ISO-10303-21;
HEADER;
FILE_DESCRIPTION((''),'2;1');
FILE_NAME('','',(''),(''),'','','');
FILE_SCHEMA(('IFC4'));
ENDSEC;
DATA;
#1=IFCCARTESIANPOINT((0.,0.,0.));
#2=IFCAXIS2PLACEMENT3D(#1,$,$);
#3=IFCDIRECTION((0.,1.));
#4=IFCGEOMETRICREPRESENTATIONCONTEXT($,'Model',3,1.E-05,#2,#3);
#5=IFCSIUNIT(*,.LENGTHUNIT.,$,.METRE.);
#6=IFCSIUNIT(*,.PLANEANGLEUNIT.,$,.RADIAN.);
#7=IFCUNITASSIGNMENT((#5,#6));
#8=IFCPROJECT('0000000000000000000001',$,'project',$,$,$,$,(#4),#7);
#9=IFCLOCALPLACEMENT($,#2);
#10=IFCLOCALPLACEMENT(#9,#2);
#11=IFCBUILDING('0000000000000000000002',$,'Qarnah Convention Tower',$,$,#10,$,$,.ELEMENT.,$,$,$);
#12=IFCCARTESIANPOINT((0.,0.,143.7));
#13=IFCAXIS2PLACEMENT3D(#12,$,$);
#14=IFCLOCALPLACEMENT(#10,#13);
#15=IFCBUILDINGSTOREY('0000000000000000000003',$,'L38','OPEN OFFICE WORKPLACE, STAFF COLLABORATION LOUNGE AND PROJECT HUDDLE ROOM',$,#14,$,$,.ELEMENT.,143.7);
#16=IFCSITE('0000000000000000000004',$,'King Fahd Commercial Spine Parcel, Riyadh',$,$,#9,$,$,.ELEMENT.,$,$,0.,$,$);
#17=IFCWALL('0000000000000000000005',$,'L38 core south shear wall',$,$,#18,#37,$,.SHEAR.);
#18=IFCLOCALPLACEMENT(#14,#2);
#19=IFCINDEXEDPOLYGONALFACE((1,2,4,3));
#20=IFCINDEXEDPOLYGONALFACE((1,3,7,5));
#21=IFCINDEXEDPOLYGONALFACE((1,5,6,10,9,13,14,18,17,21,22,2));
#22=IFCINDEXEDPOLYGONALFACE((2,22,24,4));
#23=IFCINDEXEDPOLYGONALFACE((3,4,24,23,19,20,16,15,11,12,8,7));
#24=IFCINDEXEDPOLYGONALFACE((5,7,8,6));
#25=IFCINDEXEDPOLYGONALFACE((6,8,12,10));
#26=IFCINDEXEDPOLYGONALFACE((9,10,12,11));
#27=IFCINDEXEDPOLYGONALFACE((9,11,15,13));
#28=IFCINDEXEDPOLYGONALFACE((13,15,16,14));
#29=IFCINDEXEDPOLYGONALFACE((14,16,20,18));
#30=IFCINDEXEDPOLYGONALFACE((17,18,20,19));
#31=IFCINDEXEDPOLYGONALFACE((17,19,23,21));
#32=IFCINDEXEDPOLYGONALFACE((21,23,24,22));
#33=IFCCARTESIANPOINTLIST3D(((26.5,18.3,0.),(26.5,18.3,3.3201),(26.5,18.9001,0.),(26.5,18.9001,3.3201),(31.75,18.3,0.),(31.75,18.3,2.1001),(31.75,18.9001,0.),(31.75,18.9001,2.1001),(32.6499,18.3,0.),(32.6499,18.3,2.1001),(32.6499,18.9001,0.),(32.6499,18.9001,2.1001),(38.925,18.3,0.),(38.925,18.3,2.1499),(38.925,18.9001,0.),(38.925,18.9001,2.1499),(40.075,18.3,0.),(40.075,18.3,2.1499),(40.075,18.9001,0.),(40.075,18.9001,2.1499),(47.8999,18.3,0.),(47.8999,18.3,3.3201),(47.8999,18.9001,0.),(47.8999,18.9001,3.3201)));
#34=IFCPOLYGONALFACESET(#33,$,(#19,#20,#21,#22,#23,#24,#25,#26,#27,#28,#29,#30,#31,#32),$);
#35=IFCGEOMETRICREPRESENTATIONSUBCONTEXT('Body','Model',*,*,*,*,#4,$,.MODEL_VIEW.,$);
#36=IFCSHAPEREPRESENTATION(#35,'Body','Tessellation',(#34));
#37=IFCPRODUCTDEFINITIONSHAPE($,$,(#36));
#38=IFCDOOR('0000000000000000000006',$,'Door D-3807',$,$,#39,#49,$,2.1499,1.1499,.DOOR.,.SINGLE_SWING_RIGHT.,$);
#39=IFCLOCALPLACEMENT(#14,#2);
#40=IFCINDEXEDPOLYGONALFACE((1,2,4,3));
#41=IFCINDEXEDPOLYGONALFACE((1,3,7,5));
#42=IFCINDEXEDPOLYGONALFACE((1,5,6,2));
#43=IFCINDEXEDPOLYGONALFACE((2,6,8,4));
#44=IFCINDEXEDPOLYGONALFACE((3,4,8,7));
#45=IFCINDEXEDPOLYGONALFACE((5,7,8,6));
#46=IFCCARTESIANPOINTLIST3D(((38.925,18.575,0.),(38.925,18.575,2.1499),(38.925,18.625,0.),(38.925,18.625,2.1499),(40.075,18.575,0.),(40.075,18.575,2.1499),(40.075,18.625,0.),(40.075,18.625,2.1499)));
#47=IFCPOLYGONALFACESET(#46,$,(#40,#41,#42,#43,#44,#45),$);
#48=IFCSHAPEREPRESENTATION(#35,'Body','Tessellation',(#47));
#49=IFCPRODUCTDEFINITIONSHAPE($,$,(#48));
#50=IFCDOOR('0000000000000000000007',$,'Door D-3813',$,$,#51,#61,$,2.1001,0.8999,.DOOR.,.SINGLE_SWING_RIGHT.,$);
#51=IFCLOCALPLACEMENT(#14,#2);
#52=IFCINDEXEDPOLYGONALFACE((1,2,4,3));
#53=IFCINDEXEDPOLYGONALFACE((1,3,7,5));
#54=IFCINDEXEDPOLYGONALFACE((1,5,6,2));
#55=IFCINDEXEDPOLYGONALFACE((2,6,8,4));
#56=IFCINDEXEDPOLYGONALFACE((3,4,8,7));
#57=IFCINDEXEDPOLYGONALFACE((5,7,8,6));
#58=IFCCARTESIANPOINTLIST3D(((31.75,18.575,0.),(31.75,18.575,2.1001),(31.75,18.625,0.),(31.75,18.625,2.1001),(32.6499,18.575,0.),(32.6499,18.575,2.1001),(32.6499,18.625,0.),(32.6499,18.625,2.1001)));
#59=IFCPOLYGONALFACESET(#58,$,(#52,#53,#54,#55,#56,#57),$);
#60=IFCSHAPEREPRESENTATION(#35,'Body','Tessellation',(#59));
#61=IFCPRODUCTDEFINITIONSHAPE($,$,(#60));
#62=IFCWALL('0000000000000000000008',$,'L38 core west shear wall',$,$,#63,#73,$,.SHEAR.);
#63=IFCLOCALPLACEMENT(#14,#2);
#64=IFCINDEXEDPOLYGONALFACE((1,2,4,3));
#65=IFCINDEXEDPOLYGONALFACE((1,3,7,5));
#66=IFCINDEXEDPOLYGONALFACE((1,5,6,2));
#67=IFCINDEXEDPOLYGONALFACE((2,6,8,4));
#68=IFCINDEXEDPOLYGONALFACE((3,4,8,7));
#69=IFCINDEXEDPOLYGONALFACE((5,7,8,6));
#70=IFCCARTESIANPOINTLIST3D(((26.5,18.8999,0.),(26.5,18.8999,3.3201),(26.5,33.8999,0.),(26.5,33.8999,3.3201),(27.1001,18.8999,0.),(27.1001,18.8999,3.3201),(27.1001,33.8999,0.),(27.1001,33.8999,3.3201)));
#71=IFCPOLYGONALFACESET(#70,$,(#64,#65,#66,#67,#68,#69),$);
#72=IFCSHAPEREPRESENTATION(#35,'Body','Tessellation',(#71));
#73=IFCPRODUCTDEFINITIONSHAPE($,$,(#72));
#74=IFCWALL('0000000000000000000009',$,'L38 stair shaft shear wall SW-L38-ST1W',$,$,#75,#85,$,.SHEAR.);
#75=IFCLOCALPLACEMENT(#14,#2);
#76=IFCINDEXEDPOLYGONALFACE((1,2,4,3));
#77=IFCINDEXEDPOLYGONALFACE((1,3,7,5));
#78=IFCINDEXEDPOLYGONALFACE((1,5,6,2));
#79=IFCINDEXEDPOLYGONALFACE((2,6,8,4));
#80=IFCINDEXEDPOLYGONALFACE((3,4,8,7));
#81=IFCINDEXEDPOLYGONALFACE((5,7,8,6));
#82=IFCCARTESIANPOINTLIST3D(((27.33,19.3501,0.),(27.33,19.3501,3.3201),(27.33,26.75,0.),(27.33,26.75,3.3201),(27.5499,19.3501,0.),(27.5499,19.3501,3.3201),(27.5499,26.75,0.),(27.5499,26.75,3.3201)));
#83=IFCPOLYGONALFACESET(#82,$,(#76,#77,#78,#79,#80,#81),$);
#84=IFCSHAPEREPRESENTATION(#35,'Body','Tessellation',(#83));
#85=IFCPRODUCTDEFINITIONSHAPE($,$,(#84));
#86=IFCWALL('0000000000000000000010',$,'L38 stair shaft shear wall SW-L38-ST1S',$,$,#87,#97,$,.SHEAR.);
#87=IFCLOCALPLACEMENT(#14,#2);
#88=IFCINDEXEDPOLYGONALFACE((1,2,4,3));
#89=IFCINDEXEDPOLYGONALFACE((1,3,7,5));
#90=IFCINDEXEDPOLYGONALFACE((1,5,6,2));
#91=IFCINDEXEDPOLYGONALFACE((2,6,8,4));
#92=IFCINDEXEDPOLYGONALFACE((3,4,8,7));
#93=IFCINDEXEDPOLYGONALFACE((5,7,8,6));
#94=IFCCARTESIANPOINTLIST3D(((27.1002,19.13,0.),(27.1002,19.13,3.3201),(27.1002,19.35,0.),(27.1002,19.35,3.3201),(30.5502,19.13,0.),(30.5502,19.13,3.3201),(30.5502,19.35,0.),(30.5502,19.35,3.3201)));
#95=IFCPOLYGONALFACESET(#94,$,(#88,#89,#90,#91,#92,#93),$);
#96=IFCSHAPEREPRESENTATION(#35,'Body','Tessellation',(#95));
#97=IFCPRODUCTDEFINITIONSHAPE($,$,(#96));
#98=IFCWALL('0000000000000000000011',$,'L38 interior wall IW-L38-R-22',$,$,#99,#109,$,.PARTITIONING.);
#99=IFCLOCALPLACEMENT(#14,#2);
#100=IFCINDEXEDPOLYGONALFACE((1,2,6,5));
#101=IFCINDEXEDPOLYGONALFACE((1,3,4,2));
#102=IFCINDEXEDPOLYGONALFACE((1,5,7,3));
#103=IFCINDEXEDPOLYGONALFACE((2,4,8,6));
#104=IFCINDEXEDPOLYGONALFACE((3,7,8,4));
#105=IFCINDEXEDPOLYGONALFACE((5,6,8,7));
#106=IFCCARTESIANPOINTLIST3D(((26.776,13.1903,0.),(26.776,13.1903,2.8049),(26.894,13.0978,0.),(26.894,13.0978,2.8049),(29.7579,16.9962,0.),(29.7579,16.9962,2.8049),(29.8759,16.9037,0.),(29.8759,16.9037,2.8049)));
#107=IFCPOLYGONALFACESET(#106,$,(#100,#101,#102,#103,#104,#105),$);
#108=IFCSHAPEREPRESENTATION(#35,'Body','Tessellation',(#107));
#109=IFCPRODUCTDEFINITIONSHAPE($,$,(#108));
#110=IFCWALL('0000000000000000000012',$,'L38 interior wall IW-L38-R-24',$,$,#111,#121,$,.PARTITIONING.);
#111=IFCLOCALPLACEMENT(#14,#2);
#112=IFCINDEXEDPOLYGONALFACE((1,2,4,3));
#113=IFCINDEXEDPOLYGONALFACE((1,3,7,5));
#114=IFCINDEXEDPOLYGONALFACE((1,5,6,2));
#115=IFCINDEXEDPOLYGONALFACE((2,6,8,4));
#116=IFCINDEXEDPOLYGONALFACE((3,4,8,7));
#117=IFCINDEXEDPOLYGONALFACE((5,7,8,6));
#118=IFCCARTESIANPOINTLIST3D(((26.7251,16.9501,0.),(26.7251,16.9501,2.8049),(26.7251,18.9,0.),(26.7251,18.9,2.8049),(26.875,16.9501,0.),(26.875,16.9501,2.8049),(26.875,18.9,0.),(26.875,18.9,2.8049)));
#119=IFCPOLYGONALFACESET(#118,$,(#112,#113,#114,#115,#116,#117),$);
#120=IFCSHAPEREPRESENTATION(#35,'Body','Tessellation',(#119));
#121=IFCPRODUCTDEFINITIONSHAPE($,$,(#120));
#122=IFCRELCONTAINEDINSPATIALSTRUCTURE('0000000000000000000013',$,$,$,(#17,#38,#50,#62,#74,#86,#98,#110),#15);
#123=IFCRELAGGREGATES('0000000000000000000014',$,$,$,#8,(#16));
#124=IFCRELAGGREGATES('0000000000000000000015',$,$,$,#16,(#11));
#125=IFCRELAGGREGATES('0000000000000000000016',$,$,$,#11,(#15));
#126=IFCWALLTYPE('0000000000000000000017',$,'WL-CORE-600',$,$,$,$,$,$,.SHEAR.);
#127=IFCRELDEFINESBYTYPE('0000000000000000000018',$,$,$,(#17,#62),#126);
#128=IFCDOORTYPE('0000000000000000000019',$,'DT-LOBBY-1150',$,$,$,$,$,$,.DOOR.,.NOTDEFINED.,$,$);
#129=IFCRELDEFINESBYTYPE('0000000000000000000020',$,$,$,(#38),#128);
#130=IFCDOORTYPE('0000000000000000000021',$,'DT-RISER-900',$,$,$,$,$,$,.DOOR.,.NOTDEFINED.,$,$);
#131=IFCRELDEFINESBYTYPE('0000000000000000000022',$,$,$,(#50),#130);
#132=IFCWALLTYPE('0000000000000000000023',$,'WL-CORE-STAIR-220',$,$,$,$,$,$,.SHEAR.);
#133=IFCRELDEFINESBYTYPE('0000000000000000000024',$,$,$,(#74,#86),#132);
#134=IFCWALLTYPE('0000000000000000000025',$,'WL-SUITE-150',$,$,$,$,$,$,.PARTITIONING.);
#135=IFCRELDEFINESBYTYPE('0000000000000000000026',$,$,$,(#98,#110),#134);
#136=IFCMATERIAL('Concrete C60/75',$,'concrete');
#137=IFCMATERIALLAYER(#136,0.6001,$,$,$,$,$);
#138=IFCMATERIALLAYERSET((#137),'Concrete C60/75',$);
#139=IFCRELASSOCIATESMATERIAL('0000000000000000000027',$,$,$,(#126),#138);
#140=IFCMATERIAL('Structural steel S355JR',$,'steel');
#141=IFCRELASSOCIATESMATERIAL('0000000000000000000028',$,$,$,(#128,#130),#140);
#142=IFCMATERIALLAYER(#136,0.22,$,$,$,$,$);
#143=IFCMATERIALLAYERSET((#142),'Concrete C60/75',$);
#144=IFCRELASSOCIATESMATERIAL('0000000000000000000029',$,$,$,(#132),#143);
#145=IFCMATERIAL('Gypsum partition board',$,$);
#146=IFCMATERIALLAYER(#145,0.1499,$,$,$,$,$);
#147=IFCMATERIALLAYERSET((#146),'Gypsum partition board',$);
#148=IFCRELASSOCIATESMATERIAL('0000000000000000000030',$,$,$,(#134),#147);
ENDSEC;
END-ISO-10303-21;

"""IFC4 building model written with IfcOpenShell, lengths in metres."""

from ifc_helpers import new_model, si_unit, direction, frame, frame_2d, origin, place, context, subcontext, project, spatial, rectangle, extrude, material, layer, layer_set, type_object, element, fill, save


model = new_model("IFC4")

# Units and contexts
model_context = context("Model", 3, precision=1e-05, world=origin(), true_north=direction((0.0, 1.0)))
body_context = subcontext(model_context, "Body", "Model", "MODEL_VIEW")
ifc_project = project(units=[si_unit("LENGTHUNIT", "METRE"), si_unit("PLANEANGLEUNIT", "RADIAN")], contexts=[model_context])

# Site, building, storey
site_placement = place(None, origin())
site = spatial("IfcSite", under=ifc_project, at=site_placement, Name="King Fahd Commercial Spine Parcel, Riyadh", CompositionType="ELEMENT", RefElevation=0.0)
building_placement = place(site_placement, origin())
building = spatial("IfcBuilding", under=site, at=building_placement, Name="Qarnah Convention Tower", CompositionType="ELEMENT")
storey_placement = place(building_placement, frame((0.0, 0.0, 143.7)))
storey = spatial("IfcBuildingStorey", under=building, at=storey_placement, Name="L38", Description="OPEN OFFICE WORKPLACE, STAFF COLLABORATION LOUNGE AND PROJECT HUDDLE ROOM", CompositionType="ELEMENT", Elevation=143.7)

# Shared definitions
ifc_material_1 = material(Name="Concrete C60/75", Category="concrete")

# Shared definitions
ifc_material_2 = material(Name="Structural steel S355JR", Category="steel")

# Wall, openings, doors
ifc_layer_1 = layer(ifc_material_1, 0.6001)
ifc_layer_set_1 = layer_set([ifc_layer_1], Name="Concrete C60/75")
wall_type_1 = type_object("IfcWallType", Name="WL-CORE-600", PredefinedType="SHEAR", material=ifc_layer_set_1)
wall_1_placement = place(storey_placement, frame((26.5, 18.6001, 0.0), z_axis=(0.0, 0.0, 1.0), x_axis=(1.0, 0.0, 0.0)))
wall_1 = element("IfcWall", 1, at=wall_1_placement, inside=storey, type_object=wall_type_1, Name="L38 core south shear wall", PredefinedType="SHEAR", context=body_context, shape_type="SweptSolid", body=[
    extrude(rectangle(XDim=21.3999, YDim=0.6001, at=frame_2d((10.7, 0.0))), origin(), (0.0, 0.0, 1.0), 3.3201),
])
opening_1_placement = place(wall_1_placement, frame((12.425, 0.0, 0.0)))
opening_1 = element("IfcOpeningElement", 2, at=opening_1_placement, cuts=wall_1, PredefinedType="OPENING", context=body_context, shape_type="SweptSolid", body=[
    extrude(rectangle(XDim=1.1499, YDim=2.1499, at=frame_2d((0.575, 1.075))), frame((0.0, 0.3101, 0.0), z_axis=(0.0, -1.0, 0.0), x_axis=(1.0, 0.0, 0.0)), (0.0, 0.0, 1.0), 0.6201),
])
opening_2_placement = place(wall_1_placement, frame((5.25, 0.0, 0.0)))
opening_2 = element("IfcOpeningElement", 3, at=opening_2_placement, cuts=wall_1, PredefinedType="OPENING", context=body_context, shape_type="SweptSolid", body=[
    extrude(rectangle(XDim=0.8999, YDim=2.1001, at=frame_2d((0.45, 1.05))), frame((0.0, 0.3101, 0.0), z_axis=(0.0, -1.0, 0.0), x_axis=(1.0, 0.0, 0.0)), (0.0, 0.0, 1.0), 0.6201),
])
door_type_1 = type_object("IfcDoorType", Name="DT-LOBBY-1150", OperationType="NOTDEFINED", PredefinedType="DOOR", material=ifc_material_2)
door_1_placement = place(opening_1_placement, origin())
door_1 = element("IfcDoor", 4, at=door_1_placement, inside=storey, type_object=door_type_1, Name="Door D-3807", OperationType="SINGLE_SWING_RIGHT", OverallHeight=2.1499, OverallWidth=1.1499, PredefinedType="DOOR", context=body_context, shape_type="SweptSolid", body=[
    extrude(rectangle(XDim=1.1499, YDim=2.1499, at=frame_2d((0.575, 1.075))), frame((0.0, 0.0249, 0.0), z_axis=(0.0, -1.0, 0.0), x_axis=(1.0, 0.0, 0.0)), (0.0, 0.0, 1.0), 0.05),
])
fill(opening_1, door_1)
door_type_2 = type_object("IfcDoorType", Name="DT-RISER-900", OperationType="NOTDEFINED", PredefinedType="DOOR", material=ifc_material_2)
door_2_placement = place(opening_2_placement, origin())
door_2 = element("IfcDoor", 5, at=door_2_placement, inside=storey, type_object=door_type_2, Name="Door D-3813", OperationType="SINGLE_SWING_RIGHT", OverallHeight=2.1001, OverallWidth=0.8999, PredefinedType="DOOR", context=body_context, shape_type="SweptSolid", body=[
    extrude(rectangle(XDim=0.8999, YDim=2.1001, at=frame_2d((0.45, 1.05))), frame((0.0, 0.0249, 0.0), z_axis=(0.0, -1.0, 0.0), x_axis=(1.0, 0.0, 0.0)), (0.0, 0.0, 1.0), 0.05),
])
fill(opening_2, door_2)

# Walls
wall_2_placement = place(storey_placement, frame((26.8, 18.8999, 0.0), z_axis=(0.0, 0.0, 1.0), x_axis=(0.0, 1.0, 0.0)))
element("IfcWall", 6, at=wall_2_placement, inside=storey, type_object=wall_type_1, Name="L38 core west shear wall", PredefinedType="SHEAR", context=body_context, shape_type="SweptSolid", body=[
    extrude(rectangle(XDim=15.0, YDim=0.6001, at=frame_2d((7.5, 0.0))), origin(), (0.0, 0.0, 1.0), 3.3201),
])
ifc_layer_2 = layer(ifc_material_1, 0.22)
ifc_layer_set_2 = layer_set([ifc_layer_2], Name="Concrete C60/75")
wall_type_2 = type_object("IfcWallType", Name="WL-CORE-STAIR-220", PredefinedType="SHEAR", material=ifc_layer_set_2)
wall_3_placement = place(storey_placement, frame((27.4399, 19.3501, 0.0), z_axis=(0.0, 0.0, 1.0), x_axis=(0.0, 1.0, 0.0)))
element("IfcWall", 7, at=wall_3_placement, inside=storey, type_object=wall_type_2, Name="L38 stair shaft shear wall SW-L38-ST1W", PredefinedType="SHEAR", context=body_context, shape_type="SweptSolid", body=[
    extrude(rectangle(XDim=7.3999, YDim=0.22, at=frame_2d((3.7, 0.0))), origin(), (0.0, 0.0, 1.0), 3.3201),
])
wall_4_placement = place(storey_placement, frame((27.1001, 19.24, 0.0), z_axis=(0.0, 0.0, 1.0), x_axis=(1.0, 0.0, 0.0)))
element("IfcWall", 8, at=wall_4_placement, inside=storey, type_object=wall_type_2, Name="L38 stair shaft shear wall SW-L38-ST1S", PredefinedType="SHEAR", context=body_context, shape_type="SweptSolid", body=[
    extrude(rectangle(XDim=3.45, YDim=0.22, at=frame_2d((1.7251, 0.0))), origin(), (0.0, 0.0, 1.0), 3.3201),
])
ifc_material_3 = material(Name="Gypsum partition board")
ifc_layer_3 = layer(ifc_material_3, 0.1499)
ifc_layer_set_3 = layer_set([ifc_layer_3], Name="Gypsum partition board")
wall_type_3 = type_object("IfcWallType", Name="WL-SUITE-150", PredefinedType="PARTITIONING", material=ifc_layer_set_3)
wall_5_placement = place(storey_placement, frame((26.835, 13.144, 0.0), z_axis=(0.0, 0.0, 1.0), x_axis=(0.616744, 0.787164, 0.0)))
element("IfcWall", 9, at=wall_5_placement, inside=storey, type_object=wall_type_3, Name="L38 interior wall IW-L38-R-22", PredefinedType="PARTITIONING", context=body_context, shape_type="SweptSolid", body=[
    extrude(rectangle(XDim=4.835, YDim=0.1499, at=frame_2d((2.4175, 0.0))), origin(), (0.0, 0.0, 1.0), 2.8049),
])
wall_6_placement = place(storey_placement, frame((26.8, 16.95, 0.0), z_axis=(0.0, 0.0, 1.0), x_axis=(0.0, 1.0, 0.0)))
element("IfcWall", 10, at=wall_6_placement, inside=storey, type_object=wall_type_3, Name="L38 interior wall IW-L38-R-24", PredefinedType="PARTITIONING", context=body_context, shape_type="SweptSolid", body=[
    extrude(rectangle(XDim=1.95, YDim=0.1499, at=frame_2d((0.9751, 0.0))), origin(), (0.0, 0.0, 1.0), 2.8049),
])

save(model, "model.ifc")
